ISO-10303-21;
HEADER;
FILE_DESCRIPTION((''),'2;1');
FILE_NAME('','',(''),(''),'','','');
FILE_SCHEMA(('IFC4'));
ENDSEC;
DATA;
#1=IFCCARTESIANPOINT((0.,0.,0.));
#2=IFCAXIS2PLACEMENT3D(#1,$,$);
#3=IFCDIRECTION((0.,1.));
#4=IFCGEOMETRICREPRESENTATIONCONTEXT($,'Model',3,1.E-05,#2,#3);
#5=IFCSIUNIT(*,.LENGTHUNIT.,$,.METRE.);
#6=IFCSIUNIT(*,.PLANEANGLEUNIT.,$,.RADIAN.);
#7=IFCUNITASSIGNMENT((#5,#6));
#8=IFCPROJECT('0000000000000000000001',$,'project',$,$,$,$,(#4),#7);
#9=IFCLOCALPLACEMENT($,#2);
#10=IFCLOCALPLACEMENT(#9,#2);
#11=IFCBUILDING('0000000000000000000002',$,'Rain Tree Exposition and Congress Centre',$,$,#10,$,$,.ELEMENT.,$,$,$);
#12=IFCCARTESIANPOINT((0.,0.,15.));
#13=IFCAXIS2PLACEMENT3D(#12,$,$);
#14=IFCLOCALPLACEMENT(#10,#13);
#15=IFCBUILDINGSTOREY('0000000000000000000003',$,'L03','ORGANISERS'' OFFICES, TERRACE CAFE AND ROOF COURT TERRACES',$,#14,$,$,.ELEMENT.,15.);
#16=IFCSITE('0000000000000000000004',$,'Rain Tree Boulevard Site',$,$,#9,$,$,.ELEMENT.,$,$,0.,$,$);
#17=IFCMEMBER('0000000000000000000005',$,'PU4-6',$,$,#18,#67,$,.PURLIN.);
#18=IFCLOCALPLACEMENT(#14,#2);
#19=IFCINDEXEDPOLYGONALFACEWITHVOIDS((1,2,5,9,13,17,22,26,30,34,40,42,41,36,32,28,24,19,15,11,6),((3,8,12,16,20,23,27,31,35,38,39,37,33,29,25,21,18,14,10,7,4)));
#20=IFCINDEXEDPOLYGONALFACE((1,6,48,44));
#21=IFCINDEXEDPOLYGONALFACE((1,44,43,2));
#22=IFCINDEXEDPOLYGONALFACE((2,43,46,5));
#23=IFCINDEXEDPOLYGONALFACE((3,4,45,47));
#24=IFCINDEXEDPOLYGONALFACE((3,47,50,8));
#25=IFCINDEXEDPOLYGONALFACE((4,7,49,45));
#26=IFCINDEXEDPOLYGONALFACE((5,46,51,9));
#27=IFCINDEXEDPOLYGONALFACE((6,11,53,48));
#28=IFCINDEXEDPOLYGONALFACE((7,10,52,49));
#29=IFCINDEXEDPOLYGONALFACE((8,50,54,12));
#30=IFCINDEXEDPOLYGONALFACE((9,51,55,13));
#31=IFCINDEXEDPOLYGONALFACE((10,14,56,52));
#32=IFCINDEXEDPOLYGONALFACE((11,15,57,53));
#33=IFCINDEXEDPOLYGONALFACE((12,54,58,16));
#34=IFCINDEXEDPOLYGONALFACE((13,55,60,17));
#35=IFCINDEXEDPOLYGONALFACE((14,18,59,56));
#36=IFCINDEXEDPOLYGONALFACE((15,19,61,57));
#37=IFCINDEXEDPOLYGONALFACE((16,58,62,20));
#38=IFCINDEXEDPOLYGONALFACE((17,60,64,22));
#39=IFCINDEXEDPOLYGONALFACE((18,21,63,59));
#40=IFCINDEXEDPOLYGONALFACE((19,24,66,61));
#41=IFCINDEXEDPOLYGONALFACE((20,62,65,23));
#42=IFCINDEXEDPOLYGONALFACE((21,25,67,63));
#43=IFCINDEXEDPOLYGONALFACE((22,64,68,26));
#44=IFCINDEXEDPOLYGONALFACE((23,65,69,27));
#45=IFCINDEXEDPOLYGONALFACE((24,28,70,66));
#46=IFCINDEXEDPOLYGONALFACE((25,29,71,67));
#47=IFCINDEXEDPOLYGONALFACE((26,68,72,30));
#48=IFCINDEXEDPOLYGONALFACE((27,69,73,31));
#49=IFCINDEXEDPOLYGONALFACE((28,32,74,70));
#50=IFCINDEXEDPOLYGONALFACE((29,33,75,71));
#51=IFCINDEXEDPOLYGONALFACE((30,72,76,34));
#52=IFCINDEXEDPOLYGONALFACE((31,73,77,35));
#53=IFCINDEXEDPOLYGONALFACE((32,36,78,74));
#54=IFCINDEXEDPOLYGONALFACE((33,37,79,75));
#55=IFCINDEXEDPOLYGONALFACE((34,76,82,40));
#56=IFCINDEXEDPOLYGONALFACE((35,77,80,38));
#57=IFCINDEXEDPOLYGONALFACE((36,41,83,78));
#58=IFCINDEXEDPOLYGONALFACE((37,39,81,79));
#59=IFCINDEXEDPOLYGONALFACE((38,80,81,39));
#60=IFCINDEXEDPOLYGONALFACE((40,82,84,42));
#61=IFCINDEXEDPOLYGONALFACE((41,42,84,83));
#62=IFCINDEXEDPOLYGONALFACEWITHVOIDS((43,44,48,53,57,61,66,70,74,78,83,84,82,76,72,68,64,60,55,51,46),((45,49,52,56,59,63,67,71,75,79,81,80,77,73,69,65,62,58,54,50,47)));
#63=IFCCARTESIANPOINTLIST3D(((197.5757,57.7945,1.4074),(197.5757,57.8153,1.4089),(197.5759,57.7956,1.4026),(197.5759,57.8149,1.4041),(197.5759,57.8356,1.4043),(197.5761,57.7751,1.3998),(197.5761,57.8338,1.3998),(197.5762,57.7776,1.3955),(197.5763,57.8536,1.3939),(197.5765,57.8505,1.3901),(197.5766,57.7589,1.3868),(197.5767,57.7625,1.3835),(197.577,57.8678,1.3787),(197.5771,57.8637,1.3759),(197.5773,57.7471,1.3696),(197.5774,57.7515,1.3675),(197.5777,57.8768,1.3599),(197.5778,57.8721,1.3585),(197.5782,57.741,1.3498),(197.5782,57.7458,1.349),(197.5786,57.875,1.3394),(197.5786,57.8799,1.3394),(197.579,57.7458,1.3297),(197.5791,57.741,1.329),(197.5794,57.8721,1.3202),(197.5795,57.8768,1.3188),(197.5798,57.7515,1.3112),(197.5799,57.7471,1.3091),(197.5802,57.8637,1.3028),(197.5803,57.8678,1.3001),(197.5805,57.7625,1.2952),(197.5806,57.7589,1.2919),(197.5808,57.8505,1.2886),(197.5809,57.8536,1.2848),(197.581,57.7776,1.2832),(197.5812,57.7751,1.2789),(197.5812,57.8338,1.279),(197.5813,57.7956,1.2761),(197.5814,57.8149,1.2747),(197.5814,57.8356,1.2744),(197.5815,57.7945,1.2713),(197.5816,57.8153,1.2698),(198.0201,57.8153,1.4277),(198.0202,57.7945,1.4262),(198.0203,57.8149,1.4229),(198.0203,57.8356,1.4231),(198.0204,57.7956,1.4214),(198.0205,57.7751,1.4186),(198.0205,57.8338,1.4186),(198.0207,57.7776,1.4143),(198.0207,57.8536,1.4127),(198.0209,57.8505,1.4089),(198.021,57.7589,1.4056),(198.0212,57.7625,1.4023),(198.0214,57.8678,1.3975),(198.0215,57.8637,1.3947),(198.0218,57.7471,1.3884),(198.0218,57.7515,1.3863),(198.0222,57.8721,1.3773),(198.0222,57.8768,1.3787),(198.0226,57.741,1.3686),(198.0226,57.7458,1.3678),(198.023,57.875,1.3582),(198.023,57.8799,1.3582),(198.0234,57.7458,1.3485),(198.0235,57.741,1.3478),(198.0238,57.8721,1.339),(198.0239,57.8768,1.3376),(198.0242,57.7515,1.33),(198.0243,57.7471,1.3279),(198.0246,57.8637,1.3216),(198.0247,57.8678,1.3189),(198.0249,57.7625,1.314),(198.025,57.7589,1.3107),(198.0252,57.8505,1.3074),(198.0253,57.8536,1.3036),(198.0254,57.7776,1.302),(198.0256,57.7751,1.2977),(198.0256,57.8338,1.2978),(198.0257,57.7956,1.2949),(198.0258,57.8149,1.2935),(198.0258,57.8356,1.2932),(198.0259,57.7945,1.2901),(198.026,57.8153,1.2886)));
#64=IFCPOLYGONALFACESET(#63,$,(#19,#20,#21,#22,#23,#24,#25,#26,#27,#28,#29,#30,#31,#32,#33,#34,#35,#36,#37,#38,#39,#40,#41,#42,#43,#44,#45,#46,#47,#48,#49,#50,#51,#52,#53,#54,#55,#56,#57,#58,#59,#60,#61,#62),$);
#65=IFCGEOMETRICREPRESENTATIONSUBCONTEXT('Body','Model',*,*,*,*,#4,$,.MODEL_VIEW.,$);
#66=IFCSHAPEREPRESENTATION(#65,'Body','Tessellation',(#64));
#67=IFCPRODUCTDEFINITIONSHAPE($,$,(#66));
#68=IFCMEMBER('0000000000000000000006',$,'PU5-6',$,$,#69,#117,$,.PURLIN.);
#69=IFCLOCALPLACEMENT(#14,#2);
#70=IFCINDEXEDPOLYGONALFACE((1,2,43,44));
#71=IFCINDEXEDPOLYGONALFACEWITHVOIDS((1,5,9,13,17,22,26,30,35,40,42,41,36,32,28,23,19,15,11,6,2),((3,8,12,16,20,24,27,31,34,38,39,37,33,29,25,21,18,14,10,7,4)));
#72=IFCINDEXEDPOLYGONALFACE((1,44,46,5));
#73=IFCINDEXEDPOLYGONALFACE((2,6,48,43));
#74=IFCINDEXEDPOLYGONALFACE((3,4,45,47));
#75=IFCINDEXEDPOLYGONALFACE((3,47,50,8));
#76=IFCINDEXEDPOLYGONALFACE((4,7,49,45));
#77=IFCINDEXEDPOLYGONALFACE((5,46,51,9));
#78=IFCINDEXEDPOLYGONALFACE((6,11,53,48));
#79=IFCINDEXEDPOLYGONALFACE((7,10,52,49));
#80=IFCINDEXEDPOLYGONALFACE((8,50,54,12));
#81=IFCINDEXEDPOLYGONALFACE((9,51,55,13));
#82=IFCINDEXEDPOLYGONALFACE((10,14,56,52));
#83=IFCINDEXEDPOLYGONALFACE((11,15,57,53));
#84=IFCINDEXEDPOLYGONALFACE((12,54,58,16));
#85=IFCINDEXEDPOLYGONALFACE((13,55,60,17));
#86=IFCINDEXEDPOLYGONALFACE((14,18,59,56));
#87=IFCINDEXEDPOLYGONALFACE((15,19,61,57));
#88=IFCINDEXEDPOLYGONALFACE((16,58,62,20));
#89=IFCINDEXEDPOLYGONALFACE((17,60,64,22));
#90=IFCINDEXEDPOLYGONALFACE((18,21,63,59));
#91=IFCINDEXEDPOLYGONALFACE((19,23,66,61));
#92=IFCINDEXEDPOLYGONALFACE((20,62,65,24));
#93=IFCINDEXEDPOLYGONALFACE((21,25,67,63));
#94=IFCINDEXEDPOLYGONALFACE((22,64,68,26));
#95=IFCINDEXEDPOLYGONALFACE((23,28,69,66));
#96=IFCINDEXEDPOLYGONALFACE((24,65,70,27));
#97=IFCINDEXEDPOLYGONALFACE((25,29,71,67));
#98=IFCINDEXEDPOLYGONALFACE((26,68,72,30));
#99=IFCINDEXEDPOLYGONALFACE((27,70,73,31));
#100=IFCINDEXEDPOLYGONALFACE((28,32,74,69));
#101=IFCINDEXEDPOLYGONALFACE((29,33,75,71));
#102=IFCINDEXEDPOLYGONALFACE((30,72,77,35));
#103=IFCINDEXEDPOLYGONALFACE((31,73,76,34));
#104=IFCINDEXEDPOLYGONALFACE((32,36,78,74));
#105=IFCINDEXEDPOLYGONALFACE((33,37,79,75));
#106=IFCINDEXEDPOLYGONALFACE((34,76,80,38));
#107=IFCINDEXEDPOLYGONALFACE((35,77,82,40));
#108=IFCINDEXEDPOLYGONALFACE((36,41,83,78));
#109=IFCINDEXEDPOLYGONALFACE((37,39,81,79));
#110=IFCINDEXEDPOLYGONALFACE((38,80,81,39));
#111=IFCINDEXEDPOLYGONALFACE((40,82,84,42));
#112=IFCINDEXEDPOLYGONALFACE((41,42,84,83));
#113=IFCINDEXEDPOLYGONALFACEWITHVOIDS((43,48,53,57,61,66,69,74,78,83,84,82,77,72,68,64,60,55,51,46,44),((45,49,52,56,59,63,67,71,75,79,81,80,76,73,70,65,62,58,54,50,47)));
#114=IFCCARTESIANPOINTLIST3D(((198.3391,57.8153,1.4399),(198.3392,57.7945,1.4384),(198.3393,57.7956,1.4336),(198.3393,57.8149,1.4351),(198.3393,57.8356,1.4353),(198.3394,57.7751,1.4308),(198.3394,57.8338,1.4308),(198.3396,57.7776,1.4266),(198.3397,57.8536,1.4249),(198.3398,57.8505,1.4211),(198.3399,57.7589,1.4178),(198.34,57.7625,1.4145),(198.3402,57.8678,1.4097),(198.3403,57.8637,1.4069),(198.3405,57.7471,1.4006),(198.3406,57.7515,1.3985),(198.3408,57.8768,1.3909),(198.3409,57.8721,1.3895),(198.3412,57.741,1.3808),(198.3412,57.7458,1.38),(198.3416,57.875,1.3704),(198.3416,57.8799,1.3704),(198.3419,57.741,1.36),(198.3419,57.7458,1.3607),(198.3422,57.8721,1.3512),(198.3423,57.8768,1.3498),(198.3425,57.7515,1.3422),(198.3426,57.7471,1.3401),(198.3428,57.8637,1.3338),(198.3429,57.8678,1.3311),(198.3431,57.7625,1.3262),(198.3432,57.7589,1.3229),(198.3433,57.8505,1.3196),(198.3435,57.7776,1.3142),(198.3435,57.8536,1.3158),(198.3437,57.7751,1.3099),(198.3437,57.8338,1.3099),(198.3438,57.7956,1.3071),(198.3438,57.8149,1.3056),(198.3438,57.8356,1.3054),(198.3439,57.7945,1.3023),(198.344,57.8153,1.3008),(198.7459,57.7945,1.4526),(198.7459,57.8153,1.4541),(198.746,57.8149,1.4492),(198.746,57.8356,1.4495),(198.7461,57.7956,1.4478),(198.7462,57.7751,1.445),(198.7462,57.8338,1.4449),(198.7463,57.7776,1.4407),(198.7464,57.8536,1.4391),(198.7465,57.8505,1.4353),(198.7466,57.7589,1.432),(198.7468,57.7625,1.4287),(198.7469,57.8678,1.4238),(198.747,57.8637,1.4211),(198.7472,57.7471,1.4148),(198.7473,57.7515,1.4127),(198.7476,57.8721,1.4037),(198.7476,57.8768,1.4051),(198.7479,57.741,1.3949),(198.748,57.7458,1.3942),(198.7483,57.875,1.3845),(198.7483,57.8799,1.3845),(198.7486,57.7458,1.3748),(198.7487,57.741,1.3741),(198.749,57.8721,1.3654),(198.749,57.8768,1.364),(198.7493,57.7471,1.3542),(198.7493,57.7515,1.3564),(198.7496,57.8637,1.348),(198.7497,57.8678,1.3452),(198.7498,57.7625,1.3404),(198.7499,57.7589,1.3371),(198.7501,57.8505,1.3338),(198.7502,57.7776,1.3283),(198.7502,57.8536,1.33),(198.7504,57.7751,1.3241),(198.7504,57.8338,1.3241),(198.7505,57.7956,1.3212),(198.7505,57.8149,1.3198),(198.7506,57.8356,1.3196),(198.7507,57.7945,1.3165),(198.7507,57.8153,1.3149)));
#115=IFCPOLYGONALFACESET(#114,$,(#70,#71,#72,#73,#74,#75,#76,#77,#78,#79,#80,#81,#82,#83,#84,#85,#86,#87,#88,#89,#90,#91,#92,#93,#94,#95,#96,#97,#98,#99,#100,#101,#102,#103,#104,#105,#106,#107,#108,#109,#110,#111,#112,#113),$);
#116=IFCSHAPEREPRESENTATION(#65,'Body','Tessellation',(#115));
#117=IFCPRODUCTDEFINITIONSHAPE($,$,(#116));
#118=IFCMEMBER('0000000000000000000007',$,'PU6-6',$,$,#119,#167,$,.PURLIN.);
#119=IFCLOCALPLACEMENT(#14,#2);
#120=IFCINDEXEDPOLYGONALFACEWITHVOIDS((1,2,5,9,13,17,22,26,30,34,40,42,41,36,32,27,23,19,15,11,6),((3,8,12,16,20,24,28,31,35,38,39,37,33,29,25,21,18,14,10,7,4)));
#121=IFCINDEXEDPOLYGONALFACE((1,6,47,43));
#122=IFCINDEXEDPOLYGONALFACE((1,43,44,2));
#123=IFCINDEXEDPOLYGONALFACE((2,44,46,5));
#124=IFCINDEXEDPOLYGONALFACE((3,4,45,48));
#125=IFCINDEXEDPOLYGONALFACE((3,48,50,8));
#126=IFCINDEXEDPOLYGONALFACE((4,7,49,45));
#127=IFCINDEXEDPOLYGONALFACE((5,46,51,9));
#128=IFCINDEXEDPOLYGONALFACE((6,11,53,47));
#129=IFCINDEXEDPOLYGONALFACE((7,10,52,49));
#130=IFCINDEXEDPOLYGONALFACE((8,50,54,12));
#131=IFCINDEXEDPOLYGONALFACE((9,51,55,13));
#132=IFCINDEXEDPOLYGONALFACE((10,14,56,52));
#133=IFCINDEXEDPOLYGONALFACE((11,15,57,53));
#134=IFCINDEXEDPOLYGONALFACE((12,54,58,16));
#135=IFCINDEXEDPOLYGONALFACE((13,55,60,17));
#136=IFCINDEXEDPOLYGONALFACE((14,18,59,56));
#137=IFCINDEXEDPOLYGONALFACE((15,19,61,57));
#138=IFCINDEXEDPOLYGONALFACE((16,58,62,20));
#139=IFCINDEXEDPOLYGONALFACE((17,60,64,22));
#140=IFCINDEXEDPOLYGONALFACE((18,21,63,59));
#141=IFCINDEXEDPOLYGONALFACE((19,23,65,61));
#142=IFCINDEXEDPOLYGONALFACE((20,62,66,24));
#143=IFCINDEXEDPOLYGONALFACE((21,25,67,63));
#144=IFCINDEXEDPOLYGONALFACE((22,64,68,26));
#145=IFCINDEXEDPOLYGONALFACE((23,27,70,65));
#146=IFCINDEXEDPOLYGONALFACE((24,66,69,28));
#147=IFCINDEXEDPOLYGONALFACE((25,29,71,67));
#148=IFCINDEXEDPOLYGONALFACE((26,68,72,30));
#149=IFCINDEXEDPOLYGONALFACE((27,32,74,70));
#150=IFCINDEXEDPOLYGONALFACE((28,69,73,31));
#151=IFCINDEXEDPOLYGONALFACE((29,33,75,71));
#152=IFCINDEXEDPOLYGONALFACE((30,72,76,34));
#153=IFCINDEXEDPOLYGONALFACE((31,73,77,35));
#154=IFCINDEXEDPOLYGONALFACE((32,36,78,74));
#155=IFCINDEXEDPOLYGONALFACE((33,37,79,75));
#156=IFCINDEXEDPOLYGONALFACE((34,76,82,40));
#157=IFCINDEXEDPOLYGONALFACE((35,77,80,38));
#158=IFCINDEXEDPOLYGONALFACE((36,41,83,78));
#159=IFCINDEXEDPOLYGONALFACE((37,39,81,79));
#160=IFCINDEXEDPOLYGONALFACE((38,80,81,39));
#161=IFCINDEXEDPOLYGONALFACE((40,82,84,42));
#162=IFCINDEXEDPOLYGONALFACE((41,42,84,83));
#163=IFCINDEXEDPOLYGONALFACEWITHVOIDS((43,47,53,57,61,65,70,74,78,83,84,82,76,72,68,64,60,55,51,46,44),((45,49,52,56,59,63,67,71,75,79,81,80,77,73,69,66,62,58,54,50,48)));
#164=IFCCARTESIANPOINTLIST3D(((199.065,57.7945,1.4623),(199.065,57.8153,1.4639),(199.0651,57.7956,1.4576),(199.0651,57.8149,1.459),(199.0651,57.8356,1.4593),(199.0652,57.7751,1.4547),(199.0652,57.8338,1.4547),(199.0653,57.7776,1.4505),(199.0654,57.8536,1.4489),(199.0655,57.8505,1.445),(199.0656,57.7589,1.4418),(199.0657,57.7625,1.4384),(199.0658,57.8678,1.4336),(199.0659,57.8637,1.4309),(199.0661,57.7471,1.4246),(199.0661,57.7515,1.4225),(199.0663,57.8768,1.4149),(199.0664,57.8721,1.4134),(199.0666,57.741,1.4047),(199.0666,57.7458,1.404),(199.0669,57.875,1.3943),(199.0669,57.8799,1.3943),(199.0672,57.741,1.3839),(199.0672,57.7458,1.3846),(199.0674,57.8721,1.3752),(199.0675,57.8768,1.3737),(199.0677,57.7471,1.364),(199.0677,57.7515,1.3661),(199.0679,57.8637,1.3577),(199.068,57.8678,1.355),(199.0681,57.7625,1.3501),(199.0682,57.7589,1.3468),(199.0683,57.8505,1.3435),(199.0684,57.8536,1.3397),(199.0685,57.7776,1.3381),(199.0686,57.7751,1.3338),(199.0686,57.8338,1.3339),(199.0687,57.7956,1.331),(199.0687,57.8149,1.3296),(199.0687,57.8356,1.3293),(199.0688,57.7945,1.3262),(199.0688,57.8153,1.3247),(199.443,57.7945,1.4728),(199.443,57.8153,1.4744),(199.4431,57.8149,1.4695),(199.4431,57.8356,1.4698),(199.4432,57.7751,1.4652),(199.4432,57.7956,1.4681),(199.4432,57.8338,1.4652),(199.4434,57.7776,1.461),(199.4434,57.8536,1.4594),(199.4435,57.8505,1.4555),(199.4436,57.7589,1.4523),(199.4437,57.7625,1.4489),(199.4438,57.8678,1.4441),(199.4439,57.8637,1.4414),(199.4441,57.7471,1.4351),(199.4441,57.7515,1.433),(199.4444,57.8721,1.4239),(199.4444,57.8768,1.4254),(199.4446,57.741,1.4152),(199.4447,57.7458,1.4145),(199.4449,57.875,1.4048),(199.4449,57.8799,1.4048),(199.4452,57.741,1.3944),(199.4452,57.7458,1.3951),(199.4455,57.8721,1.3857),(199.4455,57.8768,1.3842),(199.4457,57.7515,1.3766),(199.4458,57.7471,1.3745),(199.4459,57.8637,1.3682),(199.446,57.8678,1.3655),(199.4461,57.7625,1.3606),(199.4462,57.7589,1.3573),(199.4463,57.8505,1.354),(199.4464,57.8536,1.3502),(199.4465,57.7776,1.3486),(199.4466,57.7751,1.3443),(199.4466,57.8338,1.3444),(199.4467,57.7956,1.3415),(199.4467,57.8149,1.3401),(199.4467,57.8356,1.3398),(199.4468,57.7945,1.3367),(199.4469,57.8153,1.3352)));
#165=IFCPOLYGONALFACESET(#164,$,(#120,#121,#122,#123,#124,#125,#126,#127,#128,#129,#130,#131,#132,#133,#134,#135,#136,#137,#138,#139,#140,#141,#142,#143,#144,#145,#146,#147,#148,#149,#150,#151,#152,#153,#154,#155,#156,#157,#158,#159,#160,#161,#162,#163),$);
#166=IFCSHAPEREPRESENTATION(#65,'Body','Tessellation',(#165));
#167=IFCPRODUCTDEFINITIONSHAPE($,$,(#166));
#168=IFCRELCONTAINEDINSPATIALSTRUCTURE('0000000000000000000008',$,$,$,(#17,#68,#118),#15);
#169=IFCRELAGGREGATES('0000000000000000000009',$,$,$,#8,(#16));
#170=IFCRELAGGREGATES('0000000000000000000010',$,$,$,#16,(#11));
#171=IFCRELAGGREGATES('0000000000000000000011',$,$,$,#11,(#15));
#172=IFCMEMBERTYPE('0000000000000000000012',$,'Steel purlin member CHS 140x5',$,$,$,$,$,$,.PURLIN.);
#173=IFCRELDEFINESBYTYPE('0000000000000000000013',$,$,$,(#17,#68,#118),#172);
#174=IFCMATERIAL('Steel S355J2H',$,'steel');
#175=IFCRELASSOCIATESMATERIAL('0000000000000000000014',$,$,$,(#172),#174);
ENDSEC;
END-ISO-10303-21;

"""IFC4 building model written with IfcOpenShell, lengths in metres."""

from ifc_helpers import new_model, si_unit, direction, frame, origin, origin_2d, place, context, subcontext, project, spatial, hollow_circle, extrude, material, material_profile, profile_set, type_object, element, save


model = new_model("IFC4")

# Units and contexts
model_context = context("Model", 3, precision=1e-05, world=origin(), true_north=direction((0.0, 1.0)))
body_context = subcontext(model_context, "Body", "Model", "MODEL_VIEW")
ifc_project = project(units=[si_unit("LENGTHUNIT", "METRE"), si_unit("PLANEANGLEUNIT", "RADIAN")], contexts=[model_context])

# Site, building, storey
site_placement = place(None, origin())
site = spatial("IfcSite", under=ifc_project, at=site_placement, Name="Rain Tree Boulevard Site", CompositionType="ELEMENT", RefElevation=0.0)
building_placement = place(site_placement, origin())
building = spatial("IfcBuilding", under=site, at=building_placement, Name="Rain Tree Exposition and Congress Centre", CompositionType="ELEMENT")
storey_placement = place(building_placement, frame((0.0, 0.0, 15.0)))
storey = spatial("IfcBuildingStorey", under=building, at=storey_placement, Name="L03", Description="ORGANISERS' OFFICES, TERRACE CAFE AND ROOF COURT TERRACES", CompositionType="ELEMENT", Elevation=15.0)

# Members
ifc_material_1 = material(Name="Steel S355J2H", Category="steel")
ifc_material_profile = material_profile(ifc_material_1, hollow_circle(Radius=0.0698, WallThickness=0.0049, at=origin_2d()), Name="CHS 140x5")
ifc_profile_set = profile_set([ifc_material_profile], Name="Steel S355J2H")
member_type = type_object("IfcMemberType", Name="Steel purlin member CHS 140x5", PredefinedType="PURLIN", material=ifc_profile_set)
member_1_placement = place(storey_placement, frame((197.5786, 57.8101, 1.3394), z_axis=(0.999106, 0.0, 0.04227), x_axis=(0.0, 1.0, 0.0)))
element("IfcMember", 1, at=member_1_placement, inside=storey, type_object=member_type, Name="PU4-6", PredefinedType="PURLIN", context=body_context, shape_type="SweptSolid", body=[
    extrude(hollow_circle(Radius=0.0698, WallThickness=0.0049, at=origin_2d()), origin(), (0.0, 0.0, 1.0), 0.4448),
])
member_2_placement = place(storey_placement, frame((198.3416, 57.8101, 1.3704), z_axis=(0.999395, 0.0, 0.034793), x_axis=(0.0, 1.0, 0.0)))
element("IfcMember", 2, at=member_2_placement, inside=storey, type_object=member_type, Name="PU5-6", PredefinedType="PURLIN", context=body_context, shape_type="SweptSolid", body=[
    extrude(hollow_circle(Radius=0.0698, WallThickness=0.0049, at=origin_2d()), origin(), (0.0, 0.0, 1.0), 0.407),
])
member_3_placement = place(storey_placement, frame((199.0669, 57.8101, 1.3943), z_axis=(0.999614, 0.0, 0.027767), x_axis=(0.0, 1.0, 0.0)))
element("IfcMember", 3, at=member_3_placement, inside=storey, type_object=member_type, Name="PU6-6", PredefinedType="PURLIN", context=body_context, shape_type="SweptSolid", body=[
    extrude(hollow_circle(Radius=0.0698, WallThickness=0.0049, at=origin_2d()), origin(), (0.0, 0.0, 1.0), 0.3782),
])

save(model, "model.ifc")
